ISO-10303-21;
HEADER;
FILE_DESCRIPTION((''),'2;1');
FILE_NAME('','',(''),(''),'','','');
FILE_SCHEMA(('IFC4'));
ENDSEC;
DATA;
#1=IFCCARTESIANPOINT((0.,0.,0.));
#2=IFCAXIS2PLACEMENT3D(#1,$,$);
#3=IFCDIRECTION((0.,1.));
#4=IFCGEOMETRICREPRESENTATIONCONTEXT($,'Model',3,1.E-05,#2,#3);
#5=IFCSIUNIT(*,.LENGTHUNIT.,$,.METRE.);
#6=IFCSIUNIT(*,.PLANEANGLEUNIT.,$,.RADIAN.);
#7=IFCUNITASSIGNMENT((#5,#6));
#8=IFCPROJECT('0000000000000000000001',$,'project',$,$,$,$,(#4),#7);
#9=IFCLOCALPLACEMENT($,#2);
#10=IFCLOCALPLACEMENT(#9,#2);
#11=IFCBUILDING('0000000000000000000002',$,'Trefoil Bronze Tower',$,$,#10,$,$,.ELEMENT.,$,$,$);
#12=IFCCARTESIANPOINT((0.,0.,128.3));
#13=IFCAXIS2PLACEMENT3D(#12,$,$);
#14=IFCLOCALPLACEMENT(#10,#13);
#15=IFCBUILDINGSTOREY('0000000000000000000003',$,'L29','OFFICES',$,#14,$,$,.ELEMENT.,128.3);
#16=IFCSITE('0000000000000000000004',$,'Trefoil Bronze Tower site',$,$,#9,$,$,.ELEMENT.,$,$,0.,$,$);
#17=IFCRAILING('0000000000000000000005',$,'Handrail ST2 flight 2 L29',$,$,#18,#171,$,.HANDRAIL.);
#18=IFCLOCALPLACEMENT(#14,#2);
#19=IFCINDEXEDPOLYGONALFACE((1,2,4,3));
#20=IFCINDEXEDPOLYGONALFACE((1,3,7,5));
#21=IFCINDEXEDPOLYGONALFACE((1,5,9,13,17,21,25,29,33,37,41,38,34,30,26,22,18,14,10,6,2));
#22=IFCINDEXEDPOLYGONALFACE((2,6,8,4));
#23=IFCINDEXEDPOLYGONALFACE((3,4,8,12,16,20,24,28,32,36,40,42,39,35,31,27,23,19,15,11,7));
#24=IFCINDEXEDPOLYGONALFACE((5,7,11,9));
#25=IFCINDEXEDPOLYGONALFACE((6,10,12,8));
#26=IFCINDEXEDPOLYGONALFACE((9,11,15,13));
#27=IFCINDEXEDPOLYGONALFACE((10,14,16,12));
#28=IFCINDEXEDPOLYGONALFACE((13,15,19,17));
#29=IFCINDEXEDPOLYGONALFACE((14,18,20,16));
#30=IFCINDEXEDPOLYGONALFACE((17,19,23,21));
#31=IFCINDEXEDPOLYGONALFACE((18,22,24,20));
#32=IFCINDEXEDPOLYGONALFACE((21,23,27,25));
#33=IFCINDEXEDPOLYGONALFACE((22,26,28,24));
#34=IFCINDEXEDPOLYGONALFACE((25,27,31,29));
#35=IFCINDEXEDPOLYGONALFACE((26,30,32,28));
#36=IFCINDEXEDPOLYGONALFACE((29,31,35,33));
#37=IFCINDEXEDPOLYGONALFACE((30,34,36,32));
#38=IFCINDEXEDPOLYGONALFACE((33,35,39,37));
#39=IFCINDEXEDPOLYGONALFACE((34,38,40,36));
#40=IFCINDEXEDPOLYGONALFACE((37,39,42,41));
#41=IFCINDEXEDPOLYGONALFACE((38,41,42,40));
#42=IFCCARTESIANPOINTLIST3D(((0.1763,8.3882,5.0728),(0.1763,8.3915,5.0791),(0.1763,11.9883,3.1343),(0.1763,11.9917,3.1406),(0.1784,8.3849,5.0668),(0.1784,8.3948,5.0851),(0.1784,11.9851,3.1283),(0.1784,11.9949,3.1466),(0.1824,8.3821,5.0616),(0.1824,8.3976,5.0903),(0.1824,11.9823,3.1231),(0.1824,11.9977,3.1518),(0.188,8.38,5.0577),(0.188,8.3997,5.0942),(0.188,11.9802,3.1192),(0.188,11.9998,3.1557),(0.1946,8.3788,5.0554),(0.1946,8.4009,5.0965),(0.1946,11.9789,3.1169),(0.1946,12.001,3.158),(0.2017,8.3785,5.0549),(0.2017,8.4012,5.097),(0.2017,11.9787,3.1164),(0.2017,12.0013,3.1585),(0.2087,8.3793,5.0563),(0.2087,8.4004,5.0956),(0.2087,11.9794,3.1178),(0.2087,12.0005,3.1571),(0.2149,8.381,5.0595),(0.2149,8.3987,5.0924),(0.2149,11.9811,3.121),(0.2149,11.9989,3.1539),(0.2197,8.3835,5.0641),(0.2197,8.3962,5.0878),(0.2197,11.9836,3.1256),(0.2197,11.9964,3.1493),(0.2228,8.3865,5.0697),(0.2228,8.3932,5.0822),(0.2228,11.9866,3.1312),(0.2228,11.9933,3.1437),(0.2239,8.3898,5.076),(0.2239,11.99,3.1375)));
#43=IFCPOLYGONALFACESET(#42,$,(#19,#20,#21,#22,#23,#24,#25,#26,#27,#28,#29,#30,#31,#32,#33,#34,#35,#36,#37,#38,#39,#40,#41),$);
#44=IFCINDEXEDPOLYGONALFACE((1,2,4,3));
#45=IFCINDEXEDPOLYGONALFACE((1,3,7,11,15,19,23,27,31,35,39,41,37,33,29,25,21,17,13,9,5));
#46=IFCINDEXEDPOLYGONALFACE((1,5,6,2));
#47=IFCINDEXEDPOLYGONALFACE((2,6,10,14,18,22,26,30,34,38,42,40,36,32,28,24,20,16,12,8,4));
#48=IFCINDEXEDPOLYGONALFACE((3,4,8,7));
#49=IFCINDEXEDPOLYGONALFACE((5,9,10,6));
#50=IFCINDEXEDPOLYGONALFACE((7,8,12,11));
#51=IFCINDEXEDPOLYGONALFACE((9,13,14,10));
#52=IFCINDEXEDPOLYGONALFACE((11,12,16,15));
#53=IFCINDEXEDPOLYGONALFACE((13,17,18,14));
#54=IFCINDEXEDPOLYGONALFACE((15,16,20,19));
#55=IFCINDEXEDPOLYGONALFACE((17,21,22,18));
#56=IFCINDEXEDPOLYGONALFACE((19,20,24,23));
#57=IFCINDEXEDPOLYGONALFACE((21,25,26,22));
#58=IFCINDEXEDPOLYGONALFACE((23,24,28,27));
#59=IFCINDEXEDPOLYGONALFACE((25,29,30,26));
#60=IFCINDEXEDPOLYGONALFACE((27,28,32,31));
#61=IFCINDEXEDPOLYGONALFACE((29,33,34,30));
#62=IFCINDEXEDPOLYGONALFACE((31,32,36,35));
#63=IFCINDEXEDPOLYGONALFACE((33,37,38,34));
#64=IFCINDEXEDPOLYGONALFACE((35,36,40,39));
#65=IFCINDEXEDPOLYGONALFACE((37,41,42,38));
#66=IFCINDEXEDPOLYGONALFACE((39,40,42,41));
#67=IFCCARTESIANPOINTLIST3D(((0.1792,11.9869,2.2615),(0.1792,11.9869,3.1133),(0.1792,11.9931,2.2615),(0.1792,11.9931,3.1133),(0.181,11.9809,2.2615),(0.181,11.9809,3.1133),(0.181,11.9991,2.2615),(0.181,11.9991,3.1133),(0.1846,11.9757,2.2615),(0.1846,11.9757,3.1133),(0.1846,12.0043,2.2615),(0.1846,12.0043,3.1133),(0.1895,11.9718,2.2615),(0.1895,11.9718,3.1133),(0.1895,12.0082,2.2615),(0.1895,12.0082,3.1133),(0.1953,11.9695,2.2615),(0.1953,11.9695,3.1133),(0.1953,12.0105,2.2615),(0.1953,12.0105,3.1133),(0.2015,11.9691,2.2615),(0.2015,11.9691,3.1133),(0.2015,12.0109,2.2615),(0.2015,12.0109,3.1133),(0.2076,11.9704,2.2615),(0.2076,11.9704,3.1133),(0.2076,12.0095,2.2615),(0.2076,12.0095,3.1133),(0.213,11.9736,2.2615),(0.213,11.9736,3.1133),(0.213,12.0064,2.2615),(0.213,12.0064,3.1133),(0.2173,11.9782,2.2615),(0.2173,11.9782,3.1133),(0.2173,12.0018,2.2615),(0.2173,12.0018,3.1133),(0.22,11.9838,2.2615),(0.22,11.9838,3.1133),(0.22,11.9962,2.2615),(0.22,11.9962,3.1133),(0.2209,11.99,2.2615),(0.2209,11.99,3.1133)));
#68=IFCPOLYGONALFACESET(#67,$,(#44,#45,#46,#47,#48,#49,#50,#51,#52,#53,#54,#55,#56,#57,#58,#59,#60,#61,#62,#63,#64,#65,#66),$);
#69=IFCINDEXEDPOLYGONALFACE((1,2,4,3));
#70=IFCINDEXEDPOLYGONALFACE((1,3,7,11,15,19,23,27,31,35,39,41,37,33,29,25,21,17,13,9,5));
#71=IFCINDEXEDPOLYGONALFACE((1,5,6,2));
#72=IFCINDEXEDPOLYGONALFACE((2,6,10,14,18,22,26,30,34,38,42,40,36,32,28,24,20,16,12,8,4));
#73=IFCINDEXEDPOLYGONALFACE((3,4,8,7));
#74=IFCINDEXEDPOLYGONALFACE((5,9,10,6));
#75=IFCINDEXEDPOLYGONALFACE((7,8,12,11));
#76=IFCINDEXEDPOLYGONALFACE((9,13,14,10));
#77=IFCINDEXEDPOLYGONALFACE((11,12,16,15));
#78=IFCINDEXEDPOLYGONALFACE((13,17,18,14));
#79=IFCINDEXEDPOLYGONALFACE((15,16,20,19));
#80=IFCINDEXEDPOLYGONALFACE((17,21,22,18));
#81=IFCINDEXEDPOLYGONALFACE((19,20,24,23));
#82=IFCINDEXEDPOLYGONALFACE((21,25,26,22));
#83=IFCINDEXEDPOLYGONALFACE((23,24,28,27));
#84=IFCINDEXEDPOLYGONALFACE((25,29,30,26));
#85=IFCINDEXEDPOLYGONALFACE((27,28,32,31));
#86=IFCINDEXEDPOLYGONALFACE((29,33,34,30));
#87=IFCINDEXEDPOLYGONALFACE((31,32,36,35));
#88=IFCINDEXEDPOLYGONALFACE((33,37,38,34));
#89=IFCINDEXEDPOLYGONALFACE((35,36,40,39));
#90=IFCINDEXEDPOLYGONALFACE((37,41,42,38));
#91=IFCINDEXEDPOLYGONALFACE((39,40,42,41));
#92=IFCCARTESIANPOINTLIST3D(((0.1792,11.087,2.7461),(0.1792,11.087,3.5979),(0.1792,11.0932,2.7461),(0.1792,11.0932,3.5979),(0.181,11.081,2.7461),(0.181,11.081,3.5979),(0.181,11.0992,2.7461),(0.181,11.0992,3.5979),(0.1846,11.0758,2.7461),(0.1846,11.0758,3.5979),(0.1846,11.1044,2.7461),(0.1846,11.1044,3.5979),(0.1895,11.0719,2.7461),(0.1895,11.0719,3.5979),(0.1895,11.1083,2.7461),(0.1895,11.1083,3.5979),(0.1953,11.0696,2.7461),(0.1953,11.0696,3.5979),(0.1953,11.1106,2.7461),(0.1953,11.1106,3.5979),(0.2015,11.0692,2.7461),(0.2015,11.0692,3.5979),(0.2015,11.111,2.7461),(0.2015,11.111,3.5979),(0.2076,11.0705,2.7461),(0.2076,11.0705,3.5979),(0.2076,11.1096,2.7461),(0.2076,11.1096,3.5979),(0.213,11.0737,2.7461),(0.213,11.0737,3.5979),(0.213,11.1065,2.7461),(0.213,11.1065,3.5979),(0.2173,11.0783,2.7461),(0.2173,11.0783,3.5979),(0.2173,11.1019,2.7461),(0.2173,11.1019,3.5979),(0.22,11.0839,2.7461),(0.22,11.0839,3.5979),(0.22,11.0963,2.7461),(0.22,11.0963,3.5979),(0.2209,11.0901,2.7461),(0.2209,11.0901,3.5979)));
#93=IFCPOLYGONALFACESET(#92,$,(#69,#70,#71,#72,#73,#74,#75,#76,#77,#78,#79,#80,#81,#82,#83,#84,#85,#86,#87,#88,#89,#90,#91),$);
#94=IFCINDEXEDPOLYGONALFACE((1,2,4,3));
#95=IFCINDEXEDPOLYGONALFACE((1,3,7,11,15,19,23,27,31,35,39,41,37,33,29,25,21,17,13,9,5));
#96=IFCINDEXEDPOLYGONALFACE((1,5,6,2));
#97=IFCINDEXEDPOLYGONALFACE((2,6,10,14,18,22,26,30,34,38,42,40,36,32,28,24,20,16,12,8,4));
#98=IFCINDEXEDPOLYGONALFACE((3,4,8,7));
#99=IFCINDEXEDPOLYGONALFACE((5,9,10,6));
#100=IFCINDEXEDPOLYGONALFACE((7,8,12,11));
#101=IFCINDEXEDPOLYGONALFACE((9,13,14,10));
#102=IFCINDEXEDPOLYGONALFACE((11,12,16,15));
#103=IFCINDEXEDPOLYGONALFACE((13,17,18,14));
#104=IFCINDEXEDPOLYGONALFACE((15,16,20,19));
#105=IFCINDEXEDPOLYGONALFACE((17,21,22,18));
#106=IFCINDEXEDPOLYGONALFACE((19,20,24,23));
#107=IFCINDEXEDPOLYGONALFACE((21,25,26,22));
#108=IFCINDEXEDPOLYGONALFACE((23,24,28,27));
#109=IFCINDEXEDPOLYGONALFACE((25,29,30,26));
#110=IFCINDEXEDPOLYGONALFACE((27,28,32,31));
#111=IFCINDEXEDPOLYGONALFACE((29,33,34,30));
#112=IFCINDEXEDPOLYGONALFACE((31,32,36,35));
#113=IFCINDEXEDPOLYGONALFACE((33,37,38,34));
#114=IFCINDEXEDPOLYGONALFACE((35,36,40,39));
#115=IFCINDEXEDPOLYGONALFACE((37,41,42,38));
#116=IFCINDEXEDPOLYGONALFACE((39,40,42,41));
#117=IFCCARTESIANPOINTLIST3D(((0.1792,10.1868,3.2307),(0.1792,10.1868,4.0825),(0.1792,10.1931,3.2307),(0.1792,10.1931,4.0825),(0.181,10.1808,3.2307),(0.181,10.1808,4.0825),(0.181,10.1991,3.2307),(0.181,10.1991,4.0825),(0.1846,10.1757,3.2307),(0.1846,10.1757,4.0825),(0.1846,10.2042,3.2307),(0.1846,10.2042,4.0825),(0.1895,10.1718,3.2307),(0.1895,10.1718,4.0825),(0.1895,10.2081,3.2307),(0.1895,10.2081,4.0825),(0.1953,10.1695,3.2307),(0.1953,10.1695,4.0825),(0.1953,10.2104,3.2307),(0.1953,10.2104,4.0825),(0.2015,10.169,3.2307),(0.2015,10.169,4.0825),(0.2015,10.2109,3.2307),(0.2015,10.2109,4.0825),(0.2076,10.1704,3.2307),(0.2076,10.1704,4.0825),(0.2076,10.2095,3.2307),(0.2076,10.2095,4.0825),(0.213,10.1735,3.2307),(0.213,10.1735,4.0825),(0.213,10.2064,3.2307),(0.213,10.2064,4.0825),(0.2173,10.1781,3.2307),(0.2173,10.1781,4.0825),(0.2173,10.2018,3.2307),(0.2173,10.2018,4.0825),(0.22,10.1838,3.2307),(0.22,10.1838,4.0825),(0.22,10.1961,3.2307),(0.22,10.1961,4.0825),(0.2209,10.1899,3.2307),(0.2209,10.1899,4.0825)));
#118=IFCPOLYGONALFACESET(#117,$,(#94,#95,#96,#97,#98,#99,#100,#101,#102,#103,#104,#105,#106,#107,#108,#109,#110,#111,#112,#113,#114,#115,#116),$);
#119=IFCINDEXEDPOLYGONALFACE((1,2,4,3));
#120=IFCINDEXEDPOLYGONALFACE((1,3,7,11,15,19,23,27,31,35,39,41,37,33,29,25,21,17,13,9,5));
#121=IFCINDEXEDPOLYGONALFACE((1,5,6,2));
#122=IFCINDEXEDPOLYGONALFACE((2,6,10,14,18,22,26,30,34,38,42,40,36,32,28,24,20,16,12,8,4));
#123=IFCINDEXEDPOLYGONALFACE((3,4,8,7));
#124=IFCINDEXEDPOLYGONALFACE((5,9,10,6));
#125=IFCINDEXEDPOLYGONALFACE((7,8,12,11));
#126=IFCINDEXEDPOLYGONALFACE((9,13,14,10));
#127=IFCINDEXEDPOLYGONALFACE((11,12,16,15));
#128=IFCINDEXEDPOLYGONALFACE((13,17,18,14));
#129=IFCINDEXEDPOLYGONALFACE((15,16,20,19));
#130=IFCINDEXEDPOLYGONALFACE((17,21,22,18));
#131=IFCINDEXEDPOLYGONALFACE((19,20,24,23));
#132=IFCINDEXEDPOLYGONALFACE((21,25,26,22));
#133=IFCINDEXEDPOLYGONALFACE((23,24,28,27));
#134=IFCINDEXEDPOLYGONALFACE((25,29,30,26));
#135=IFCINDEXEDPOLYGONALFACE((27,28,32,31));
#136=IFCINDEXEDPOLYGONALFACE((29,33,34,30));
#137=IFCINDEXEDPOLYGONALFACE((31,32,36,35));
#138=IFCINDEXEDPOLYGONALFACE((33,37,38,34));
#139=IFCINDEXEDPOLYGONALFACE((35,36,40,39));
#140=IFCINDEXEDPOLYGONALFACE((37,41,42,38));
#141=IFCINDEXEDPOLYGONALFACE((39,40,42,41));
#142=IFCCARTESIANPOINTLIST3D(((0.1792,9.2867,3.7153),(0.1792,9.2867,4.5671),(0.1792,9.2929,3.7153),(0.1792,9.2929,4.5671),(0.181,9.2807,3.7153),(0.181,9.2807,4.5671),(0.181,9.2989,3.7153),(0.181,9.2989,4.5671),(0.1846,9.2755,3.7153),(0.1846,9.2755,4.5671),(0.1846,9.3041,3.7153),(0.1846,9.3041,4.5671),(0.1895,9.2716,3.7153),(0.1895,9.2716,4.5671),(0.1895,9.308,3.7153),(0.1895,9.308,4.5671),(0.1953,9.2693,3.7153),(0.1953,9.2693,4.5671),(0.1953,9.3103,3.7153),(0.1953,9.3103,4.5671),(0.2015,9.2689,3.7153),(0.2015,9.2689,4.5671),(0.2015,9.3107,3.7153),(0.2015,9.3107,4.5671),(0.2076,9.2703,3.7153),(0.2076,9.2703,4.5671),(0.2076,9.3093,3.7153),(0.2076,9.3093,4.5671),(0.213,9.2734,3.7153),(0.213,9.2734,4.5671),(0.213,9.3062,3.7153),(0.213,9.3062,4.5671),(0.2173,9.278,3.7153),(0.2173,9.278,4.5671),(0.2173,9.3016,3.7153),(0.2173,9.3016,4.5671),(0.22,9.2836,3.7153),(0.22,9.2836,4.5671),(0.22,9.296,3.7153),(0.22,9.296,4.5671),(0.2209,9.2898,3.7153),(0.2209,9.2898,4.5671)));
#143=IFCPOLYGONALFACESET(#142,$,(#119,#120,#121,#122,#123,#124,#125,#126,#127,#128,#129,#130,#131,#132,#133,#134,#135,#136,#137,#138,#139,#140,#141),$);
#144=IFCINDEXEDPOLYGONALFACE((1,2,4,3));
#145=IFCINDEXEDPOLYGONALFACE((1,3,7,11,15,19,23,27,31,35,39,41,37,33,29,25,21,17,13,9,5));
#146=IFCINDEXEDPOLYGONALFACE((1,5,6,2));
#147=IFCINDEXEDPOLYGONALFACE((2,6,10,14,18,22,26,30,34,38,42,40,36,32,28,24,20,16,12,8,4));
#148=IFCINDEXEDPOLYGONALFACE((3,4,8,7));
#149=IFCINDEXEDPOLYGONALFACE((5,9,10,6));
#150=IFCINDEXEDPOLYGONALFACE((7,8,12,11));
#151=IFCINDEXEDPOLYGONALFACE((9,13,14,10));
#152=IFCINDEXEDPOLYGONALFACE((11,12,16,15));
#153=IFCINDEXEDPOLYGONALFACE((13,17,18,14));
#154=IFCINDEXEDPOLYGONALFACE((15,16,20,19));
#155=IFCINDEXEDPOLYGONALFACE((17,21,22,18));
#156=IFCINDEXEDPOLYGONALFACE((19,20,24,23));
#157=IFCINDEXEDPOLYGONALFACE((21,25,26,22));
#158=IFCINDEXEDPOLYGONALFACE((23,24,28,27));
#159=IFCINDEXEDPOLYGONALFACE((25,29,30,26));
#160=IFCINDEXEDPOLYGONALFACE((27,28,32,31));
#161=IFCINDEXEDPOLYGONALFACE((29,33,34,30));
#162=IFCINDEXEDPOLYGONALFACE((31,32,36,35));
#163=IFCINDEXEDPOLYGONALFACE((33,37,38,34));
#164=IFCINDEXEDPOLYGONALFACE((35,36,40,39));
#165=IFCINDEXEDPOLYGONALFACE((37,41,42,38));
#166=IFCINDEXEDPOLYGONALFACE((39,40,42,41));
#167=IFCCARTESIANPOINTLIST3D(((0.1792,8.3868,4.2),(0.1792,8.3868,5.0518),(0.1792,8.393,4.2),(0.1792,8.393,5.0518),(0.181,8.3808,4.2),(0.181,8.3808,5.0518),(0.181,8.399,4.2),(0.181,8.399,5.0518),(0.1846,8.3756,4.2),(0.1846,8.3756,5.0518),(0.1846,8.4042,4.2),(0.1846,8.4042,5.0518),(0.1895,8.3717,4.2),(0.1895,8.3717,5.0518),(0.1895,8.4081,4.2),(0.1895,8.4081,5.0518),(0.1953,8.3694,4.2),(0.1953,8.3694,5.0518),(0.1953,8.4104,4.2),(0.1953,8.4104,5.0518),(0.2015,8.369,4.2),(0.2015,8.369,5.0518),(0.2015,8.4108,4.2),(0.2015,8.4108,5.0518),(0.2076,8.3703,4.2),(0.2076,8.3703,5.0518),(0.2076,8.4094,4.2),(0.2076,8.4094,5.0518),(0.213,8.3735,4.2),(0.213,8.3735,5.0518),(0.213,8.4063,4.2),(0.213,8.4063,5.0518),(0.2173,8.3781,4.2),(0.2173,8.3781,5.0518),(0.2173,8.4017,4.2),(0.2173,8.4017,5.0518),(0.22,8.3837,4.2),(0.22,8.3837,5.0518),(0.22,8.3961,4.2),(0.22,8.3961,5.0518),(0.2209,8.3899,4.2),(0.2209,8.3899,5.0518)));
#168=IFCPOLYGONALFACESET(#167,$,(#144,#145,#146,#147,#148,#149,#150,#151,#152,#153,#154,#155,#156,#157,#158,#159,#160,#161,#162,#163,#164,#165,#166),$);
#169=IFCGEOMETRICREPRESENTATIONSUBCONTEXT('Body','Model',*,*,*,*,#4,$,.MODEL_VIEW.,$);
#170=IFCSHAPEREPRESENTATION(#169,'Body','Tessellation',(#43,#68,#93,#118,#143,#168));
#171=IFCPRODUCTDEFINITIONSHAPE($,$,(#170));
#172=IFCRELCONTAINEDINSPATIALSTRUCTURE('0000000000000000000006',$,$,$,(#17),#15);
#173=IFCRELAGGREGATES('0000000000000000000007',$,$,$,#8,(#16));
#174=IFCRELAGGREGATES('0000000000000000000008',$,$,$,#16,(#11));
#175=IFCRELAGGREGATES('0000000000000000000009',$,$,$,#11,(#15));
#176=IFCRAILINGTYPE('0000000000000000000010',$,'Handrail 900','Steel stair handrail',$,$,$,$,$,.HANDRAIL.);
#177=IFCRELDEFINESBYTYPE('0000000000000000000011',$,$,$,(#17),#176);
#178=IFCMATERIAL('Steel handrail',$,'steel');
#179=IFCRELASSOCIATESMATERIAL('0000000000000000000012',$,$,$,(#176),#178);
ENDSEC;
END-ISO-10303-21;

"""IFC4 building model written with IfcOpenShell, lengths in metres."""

from ifc_helpers import new_model, si_unit, direction, frame, origin, origin_2d, place, context, subcontext, project, spatial, circle, extrude, material, type_object, element, save


model = new_model("IFC4")

# Units and contexts
model_context = context("Model", 3, precision=1e-05, world=origin(), true_north=direction((0.0, 1.0)))
body_context = subcontext(model_context, "Body", "Model", "MODEL_VIEW")
ifc_project = project(units=[si_unit("LENGTHUNIT", "METRE"), si_unit("PLANEANGLEUNIT", "RADIAN")], contexts=[model_context])

# Site, building, storey
site_placement = place(None, origin())
site = spatial("IfcSite", under=ifc_project, at=site_placement, Name="Trefoil Bronze Tower site", CompositionType="ELEMENT", RefElevation=0.0)
building_placement = place(site_placement, origin())
building = spatial("IfcBuilding", under=site, at=building_placement, Name="Trefoil Bronze Tower", CompositionType="ELEMENT")
storey_placement = place(building_placement, frame((0.0, 0.0, 128.3)))
storey = spatial("IfcBuildingStorey", under=building, at=storey_placement, Name="L29", Description="OFFICES", CompositionType="ELEMENT", Elevation=128.3)

# Railing
ifc_material_1 = material(Name="Steel handrail", Category="steel")
railing_type = type_object("IfcRailingType", Name="Handrail 900", Description="Steel stair handrail", PredefinedType="HANDRAIL", material=ifc_material_1)
railing_placement = place(storey_placement, frame((0.2, 11.99, 2.2615)))
element("IfcRailing", 1, at=railing_placement, inside=storey, type_object=railing_type, Name="Handrail ST2 flight 2 L29", PredefinedType="HANDRAIL", context=body_context, shape_type="SweptSolid", body=[
    extrude(circle(Radius=0.0239, at=origin_2d()), frame((0.0, 0.0, 0.876), z_axis=(0.0, -0.880475, 0.474093), x_axis=(1.0, 0.0, 0.0)), (0.0, 0.0, 1.0), 4.0889),
    extrude(circle(Radius=0.021, at=origin_2d()), origin(), (0.0, 0.0, 1.0), 0.8518),
    extrude(circle(Radius=0.021, at=origin_2d()), frame((0.0, -0.8999, 0.4846)), (0.0, 0.0, 1.0), 0.8518),
    extrude(circle(Radius=0.021, at=origin_2d()), frame((0.0, -1.8, 0.9692)), (0.0, 0.0, 1.0), 0.8518),
    extrude(circle(Radius=0.021, at=origin_2d()), frame((0.0, -2.7002, 1.4539)), (0.0, 0.0, 1.0), 0.8518),
    extrude(circle(Radius=0.021, at=origin_2d()), frame((0.0, -3.6001, 1.9385)), (0.0, 0.0, 1.0), 0.8518),
])

save(model, "model.ifc")
